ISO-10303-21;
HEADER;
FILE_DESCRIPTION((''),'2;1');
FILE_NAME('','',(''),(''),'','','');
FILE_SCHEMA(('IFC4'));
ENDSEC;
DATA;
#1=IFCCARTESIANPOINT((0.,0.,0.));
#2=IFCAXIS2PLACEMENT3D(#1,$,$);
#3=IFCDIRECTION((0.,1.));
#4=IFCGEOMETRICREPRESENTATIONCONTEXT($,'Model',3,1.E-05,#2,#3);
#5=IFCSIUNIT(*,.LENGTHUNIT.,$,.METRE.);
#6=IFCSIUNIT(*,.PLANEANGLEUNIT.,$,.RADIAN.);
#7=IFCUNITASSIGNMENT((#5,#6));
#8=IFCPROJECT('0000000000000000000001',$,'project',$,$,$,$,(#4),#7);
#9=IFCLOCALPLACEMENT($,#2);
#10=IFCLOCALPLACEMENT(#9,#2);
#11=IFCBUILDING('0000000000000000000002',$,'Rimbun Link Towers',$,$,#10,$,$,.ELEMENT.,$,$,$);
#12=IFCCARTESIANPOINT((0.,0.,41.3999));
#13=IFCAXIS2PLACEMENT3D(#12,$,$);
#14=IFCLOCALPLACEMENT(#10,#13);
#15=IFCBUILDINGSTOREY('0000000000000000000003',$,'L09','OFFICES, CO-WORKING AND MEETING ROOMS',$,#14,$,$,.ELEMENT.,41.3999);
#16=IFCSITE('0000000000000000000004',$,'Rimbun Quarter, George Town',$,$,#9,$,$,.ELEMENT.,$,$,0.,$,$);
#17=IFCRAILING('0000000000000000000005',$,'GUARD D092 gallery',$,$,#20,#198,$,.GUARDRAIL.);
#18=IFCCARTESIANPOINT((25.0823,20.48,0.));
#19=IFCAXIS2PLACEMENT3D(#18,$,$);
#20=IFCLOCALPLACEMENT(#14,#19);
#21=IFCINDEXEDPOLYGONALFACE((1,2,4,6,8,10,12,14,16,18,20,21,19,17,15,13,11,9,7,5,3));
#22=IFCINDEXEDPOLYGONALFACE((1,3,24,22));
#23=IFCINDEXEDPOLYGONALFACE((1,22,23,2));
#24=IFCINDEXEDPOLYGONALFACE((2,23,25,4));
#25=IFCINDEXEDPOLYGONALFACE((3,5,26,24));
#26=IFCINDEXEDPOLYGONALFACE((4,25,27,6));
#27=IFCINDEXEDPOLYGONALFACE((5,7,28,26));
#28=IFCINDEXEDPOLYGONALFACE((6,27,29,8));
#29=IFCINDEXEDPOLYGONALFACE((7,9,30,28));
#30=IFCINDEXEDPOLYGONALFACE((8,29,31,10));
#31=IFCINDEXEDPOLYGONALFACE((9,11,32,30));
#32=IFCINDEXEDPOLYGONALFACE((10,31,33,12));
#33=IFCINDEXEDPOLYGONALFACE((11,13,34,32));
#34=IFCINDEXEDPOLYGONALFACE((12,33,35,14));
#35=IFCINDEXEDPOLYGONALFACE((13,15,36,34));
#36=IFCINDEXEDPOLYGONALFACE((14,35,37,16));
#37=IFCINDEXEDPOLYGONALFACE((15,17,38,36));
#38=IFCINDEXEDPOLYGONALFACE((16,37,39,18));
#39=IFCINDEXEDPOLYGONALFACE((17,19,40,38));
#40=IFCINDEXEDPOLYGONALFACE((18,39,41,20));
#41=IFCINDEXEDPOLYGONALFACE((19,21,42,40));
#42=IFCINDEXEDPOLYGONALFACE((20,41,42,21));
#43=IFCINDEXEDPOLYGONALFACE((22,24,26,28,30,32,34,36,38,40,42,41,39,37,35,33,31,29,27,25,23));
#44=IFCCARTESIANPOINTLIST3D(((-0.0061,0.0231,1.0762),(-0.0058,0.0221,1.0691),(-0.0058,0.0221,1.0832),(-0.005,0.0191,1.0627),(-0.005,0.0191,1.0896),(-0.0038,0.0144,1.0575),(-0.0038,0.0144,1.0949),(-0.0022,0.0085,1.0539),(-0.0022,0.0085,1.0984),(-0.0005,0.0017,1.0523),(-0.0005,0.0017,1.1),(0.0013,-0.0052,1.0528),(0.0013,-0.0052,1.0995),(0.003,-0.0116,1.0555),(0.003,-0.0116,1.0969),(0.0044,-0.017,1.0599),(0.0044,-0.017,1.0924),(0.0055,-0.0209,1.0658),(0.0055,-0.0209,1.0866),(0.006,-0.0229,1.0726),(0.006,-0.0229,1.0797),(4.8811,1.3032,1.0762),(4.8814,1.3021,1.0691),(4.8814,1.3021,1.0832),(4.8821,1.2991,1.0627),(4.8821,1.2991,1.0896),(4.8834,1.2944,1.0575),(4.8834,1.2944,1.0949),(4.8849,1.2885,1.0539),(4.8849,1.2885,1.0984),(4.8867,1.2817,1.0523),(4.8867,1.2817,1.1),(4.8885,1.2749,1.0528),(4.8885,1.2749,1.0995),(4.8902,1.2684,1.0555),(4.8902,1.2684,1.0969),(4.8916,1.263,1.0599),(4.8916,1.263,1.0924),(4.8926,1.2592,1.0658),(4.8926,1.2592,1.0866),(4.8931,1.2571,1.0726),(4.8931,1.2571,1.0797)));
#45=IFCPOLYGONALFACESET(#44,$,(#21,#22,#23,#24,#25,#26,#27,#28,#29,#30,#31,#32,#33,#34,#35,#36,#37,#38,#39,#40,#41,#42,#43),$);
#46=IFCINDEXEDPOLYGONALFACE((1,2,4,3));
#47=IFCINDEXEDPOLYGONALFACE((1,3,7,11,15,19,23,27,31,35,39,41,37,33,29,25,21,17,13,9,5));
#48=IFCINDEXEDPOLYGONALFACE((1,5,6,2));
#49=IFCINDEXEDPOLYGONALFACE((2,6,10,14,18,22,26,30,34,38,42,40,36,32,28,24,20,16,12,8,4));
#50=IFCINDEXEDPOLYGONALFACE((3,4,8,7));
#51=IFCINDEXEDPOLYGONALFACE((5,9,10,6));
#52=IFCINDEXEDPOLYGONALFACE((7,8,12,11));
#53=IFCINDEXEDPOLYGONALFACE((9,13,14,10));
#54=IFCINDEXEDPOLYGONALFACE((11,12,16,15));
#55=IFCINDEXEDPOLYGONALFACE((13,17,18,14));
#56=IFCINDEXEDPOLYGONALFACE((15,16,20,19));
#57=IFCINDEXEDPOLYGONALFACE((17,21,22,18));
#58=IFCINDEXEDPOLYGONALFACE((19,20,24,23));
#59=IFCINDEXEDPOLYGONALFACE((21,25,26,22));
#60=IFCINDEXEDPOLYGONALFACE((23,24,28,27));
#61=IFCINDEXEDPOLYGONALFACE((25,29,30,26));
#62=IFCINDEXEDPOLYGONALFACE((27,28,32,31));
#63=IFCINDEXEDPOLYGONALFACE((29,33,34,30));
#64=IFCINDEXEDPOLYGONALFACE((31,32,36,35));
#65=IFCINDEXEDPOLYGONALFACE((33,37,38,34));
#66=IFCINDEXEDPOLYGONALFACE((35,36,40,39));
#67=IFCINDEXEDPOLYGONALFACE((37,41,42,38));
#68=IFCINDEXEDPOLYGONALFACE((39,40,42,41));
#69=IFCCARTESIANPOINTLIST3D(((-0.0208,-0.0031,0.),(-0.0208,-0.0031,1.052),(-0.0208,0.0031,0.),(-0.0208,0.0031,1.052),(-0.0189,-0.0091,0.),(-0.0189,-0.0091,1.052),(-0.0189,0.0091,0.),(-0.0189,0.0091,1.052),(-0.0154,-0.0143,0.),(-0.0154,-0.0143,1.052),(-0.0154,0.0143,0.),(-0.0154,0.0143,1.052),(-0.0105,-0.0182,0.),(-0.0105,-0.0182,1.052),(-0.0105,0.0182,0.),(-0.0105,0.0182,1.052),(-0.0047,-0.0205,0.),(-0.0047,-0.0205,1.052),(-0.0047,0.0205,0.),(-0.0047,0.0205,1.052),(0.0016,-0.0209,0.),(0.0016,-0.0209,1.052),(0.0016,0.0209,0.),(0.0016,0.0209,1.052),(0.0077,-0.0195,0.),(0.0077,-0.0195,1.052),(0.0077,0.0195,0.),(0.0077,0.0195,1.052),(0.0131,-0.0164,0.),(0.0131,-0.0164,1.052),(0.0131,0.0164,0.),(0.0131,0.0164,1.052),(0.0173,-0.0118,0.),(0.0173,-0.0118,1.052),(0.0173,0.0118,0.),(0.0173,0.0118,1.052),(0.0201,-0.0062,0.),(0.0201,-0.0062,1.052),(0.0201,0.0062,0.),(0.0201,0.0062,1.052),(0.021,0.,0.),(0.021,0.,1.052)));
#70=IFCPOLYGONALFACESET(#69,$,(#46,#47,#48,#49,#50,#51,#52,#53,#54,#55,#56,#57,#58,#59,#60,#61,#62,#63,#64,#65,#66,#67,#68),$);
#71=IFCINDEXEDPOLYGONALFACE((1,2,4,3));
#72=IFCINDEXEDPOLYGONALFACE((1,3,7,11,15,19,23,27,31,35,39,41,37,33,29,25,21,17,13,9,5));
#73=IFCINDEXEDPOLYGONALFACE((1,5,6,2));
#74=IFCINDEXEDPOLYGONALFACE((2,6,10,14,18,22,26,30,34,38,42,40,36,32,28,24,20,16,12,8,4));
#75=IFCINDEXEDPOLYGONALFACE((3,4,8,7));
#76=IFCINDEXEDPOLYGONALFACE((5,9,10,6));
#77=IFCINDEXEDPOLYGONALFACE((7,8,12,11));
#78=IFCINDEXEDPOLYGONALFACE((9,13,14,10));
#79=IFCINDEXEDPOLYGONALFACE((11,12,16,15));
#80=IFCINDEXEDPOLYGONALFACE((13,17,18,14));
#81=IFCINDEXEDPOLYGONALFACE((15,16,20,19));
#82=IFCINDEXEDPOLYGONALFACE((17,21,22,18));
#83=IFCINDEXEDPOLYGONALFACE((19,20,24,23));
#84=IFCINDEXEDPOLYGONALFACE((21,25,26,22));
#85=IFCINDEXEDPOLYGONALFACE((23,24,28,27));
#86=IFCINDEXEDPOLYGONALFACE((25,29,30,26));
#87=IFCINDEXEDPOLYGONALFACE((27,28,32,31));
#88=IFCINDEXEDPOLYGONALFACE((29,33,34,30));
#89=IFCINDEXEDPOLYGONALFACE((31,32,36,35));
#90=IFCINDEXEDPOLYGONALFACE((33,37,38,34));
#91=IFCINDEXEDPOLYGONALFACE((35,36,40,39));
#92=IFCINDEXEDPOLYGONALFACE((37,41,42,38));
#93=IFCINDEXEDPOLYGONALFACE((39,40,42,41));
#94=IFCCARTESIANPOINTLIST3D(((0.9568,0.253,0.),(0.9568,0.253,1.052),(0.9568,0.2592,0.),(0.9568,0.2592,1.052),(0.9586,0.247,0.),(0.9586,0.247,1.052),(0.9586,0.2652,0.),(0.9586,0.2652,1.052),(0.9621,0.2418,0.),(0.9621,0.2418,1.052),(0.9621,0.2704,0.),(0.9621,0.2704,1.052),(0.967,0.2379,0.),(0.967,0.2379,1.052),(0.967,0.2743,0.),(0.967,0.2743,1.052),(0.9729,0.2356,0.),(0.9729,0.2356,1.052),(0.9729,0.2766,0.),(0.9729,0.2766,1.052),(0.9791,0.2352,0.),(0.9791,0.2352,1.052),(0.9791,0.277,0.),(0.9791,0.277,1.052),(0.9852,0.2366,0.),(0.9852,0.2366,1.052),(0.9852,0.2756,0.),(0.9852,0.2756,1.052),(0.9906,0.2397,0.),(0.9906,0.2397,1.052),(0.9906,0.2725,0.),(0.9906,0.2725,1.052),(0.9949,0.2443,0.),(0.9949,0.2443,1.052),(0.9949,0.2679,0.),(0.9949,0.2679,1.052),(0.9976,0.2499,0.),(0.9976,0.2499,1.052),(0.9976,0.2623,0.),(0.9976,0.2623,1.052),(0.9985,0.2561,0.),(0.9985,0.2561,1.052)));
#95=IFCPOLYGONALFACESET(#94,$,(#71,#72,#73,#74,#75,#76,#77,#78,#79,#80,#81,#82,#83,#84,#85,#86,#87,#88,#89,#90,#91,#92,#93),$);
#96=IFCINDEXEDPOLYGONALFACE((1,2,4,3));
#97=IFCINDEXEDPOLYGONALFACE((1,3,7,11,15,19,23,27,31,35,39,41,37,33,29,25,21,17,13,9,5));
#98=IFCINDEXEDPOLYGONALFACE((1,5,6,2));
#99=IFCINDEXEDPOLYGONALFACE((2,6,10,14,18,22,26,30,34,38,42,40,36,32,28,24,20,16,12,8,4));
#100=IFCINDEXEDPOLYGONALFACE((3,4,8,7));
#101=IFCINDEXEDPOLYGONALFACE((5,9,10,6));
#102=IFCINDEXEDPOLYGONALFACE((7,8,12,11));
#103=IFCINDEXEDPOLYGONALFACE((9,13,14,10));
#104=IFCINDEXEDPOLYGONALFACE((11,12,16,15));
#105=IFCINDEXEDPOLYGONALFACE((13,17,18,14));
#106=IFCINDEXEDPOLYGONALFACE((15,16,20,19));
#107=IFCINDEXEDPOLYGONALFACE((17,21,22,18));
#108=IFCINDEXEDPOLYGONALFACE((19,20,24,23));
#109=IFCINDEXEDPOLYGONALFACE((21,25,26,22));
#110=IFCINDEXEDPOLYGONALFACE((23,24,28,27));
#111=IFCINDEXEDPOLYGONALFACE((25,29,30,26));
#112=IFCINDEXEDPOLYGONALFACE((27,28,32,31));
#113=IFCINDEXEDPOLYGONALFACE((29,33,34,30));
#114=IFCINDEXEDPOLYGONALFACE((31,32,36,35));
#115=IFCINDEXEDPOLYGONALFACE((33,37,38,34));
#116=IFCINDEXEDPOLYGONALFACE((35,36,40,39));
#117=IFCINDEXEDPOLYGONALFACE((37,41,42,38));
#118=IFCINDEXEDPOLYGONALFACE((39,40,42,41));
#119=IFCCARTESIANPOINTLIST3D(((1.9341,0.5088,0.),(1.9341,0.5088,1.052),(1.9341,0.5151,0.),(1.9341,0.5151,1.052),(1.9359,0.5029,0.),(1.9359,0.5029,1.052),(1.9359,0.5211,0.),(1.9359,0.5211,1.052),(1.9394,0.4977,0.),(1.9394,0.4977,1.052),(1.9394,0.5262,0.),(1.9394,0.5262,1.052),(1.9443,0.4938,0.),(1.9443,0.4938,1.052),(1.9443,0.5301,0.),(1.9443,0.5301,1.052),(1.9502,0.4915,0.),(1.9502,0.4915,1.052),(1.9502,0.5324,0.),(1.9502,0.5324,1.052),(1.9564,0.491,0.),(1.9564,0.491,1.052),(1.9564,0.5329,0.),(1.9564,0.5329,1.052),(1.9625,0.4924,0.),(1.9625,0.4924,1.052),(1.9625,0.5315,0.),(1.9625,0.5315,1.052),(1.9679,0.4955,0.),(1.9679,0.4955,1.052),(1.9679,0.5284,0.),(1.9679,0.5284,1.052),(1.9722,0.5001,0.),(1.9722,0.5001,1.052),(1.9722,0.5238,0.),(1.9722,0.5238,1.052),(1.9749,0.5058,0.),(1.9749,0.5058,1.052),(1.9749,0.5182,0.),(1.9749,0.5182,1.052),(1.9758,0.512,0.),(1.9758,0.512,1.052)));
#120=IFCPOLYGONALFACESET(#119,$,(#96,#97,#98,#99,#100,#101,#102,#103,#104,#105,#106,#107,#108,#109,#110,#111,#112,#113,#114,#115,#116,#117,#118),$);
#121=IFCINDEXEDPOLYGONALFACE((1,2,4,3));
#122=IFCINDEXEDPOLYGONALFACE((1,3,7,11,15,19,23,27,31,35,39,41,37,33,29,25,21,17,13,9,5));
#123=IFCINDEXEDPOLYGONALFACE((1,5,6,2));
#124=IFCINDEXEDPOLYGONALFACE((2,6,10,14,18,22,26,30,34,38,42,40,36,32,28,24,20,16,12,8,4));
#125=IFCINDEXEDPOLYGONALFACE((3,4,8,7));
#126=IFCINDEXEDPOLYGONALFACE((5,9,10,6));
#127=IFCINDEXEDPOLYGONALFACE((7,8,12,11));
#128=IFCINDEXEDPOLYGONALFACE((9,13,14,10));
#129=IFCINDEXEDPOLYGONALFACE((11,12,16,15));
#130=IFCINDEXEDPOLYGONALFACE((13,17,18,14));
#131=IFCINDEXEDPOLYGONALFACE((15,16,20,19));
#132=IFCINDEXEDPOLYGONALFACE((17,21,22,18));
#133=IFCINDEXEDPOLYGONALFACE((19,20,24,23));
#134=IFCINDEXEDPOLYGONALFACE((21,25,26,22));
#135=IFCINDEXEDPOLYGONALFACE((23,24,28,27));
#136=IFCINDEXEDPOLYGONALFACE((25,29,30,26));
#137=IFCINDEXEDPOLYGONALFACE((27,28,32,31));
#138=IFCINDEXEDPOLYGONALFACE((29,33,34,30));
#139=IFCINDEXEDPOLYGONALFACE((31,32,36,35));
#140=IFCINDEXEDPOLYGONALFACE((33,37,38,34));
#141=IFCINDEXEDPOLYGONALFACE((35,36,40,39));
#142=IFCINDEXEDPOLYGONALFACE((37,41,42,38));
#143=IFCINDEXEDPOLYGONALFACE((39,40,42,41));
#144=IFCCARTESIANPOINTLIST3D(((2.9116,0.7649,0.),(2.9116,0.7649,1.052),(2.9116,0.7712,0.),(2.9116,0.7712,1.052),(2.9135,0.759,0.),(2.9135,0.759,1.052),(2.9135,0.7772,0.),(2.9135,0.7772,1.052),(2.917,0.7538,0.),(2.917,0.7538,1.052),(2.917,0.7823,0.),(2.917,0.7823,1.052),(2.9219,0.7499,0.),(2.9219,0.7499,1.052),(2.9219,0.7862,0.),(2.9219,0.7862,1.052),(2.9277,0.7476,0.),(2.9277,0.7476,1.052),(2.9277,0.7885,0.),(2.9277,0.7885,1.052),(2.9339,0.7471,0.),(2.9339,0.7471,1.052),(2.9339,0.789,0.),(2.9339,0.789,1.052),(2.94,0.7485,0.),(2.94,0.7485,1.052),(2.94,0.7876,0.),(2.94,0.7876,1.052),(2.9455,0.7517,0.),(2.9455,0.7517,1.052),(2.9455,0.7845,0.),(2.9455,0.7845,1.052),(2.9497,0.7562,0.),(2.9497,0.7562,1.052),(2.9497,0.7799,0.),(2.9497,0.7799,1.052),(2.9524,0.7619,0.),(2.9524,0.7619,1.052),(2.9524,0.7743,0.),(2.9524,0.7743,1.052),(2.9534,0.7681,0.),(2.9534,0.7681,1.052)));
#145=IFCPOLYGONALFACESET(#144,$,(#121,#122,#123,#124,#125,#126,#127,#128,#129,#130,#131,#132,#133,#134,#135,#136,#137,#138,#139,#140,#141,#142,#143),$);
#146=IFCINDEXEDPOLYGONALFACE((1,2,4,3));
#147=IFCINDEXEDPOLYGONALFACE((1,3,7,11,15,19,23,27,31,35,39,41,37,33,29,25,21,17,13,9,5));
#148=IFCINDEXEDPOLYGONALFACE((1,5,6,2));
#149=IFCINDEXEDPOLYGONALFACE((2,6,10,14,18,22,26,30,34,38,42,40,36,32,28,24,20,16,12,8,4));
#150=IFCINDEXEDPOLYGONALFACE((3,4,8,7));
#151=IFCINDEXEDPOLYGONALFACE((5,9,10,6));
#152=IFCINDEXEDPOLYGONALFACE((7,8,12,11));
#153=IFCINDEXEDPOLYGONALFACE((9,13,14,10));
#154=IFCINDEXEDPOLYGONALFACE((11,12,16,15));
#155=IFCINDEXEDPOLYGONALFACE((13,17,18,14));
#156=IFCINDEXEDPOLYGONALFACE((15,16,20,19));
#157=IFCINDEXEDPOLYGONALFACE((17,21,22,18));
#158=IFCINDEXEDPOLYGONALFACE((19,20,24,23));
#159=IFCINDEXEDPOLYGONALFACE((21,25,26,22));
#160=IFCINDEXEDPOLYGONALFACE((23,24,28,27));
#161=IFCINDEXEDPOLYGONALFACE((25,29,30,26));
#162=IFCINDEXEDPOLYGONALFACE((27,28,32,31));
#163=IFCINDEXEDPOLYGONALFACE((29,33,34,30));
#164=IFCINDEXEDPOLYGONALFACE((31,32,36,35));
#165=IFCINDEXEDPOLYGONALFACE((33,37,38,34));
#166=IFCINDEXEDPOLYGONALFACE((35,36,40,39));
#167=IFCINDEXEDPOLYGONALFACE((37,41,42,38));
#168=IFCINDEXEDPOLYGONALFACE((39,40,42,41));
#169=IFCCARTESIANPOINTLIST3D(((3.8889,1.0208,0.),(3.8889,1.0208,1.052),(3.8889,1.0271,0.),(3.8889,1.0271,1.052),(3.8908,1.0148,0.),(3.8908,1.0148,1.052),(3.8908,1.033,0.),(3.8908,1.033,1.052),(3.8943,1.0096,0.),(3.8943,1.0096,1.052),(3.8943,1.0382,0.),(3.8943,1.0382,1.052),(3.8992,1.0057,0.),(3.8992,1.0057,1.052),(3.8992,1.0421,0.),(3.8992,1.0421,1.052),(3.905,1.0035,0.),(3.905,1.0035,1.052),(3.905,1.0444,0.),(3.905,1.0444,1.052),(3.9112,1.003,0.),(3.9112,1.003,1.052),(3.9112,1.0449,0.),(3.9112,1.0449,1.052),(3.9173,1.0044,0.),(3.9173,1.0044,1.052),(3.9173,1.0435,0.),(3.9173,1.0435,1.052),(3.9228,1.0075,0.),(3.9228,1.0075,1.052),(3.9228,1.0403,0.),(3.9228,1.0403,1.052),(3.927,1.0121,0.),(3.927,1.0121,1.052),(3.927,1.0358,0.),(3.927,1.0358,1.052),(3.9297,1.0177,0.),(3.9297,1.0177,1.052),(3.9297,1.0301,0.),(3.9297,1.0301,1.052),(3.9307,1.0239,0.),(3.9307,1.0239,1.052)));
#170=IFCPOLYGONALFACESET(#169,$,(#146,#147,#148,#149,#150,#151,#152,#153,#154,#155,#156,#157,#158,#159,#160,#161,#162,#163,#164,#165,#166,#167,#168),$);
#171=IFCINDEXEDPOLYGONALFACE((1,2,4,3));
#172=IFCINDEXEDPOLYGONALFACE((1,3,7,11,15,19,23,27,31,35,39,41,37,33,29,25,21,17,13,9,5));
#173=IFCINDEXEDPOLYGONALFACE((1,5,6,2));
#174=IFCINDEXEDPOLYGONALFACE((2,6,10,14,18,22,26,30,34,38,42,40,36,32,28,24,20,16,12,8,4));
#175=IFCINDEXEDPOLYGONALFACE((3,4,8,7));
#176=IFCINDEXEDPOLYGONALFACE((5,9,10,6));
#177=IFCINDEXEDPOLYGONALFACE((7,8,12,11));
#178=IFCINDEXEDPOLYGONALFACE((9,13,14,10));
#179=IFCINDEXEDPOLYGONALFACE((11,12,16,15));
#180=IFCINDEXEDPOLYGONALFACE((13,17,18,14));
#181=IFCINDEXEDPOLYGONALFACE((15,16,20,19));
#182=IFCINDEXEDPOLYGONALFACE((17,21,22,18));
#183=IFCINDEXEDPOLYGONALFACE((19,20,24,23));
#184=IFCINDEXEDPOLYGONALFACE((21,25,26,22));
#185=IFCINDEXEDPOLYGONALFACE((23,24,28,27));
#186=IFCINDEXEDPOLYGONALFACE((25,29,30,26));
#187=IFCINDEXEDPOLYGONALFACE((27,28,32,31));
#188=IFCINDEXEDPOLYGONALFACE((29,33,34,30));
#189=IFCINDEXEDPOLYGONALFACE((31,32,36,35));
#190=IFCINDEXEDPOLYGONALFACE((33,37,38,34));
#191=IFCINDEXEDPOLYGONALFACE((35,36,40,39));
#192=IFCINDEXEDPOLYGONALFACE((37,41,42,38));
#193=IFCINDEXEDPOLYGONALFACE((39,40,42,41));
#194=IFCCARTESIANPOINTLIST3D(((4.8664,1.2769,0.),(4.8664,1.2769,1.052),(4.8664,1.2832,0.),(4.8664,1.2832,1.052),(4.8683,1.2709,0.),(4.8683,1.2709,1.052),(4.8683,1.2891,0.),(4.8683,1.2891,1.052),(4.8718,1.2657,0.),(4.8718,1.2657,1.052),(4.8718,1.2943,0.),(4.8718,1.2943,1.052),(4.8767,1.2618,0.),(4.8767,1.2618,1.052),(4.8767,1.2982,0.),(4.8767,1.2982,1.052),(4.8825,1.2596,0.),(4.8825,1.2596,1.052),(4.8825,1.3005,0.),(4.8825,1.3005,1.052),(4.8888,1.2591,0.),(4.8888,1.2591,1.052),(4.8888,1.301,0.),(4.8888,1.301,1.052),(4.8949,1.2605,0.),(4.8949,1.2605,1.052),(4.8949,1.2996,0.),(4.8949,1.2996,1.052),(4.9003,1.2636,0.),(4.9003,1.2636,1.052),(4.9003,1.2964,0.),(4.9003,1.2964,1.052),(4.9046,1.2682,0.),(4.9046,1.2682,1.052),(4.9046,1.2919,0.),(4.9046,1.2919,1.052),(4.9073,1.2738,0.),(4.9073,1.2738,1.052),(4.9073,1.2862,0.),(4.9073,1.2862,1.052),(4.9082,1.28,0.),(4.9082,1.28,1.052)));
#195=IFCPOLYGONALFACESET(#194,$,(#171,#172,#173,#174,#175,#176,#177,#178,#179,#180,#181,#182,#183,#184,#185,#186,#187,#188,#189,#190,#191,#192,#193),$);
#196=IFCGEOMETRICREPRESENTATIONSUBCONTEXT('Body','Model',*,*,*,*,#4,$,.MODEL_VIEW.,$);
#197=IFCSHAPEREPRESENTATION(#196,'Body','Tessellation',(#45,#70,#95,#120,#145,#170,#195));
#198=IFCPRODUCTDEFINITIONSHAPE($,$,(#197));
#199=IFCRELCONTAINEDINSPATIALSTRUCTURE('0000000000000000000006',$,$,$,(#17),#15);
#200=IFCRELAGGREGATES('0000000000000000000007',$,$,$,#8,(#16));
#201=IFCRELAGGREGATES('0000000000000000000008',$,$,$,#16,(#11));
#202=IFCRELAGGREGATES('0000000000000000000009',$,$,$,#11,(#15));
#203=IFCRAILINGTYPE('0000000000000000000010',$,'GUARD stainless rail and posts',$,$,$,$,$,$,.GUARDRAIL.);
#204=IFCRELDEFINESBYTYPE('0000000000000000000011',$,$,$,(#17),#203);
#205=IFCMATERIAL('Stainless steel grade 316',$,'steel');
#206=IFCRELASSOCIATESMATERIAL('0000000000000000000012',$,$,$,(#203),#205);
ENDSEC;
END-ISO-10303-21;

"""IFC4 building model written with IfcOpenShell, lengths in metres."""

from ifc_helpers import new_model, si_unit, direction, frame, origin, origin_2d, place, context, subcontext, project, spatial, circle, extrude, material, type_object, element, save


model = new_model("IFC4")

# Units and contexts
model_context = context("Model", 3, precision=1e-05, world=origin(), true_north=direction((0.0, 1.0)))
body_context = subcontext(model_context, "Body", "Model", "MODEL_VIEW")
ifc_project = project(units=[si_unit("LENGTHUNIT", "METRE"), si_unit("PLANEANGLEUNIT", "RADIAN")], contexts=[model_context])

# Site, building, storey
site_placement = place(None, origin())
site = spatial("IfcSite", under=ifc_project, at=site_placement, Name="Rimbun Quarter, George Town", CompositionType="ELEMENT", RefElevation=0.0)
building_placement = place(site_placement, origin())
building = spatial("IfcBuilding", under=site, at=building_placement, Name="Rimbun Link Towers", CompositionType="ELEMENT")
storey_placement = place(building_placement, frame((0.0, 0.0, 41.3999)))
storey = spatial("IfcBuildingStorey", under=building, at=storey_placement, Name="L09", Description="OFFICES, CO-WORKING AND MEETING ROOMS", CompositionType="ELEMENT", Elevation=41.3999)

# Railing
ifc_material_1 = material(Name="Stainless steel grade 316", Category="steel")
railing_type = type_object("IfcRailingType", Name="GUARD stainless rail and posts", PredefinedType="GUARDRAIL", material=ifc_material_1)
railing_1_placement = place(storey_placement, frame((25.0823, 20.48, 0.0)))
element("IfcRailing", 1, at=railing_1_placement, inside=storey, type_object=railing_type, Name="GUARD D092 gallery", PredefinedType="GUARDRAIL", context=body_context, shape_type="SweptSolid", body=[
    extrude(circle(Radius=0.0239, at=origin_2d()), frame((0.0, 0.0, 1.0762), z_axis=(0.96737, 0.253368, 0.0), x_axis=(-0.253368, 0.96737, 0.0)), (0.0, 0.0, 1.0), 5.052),
    extrude(circle(Radius=0.021, at=origin_2d()), origin(), (0.0, 0.0, 1.0), 1.052),
    extrude(circle(Radius=0.021, at=origin_2d()), frame((0.9775, 0.2561, 0.0)), (0.0, 0.0, 1.0), 1.052),
    extrude(circle(Radius=0.021, at=origin_2d()), frame((1.9548, 0.512, 0.0)), (0.0, 0.0, 1.0), 1.052),
    extrude(circle(Radius=0.021, at=origin_2d()), frame((2.9324, 0.7681, 0.0)), (0.0, 0.0, 1.0), 1.052),
    extrude(circle(Radius=0.021, at=origin_2d()), frame((3.9097, 1.0239, 0.0)), (0.0, 0.0, 1.0), 1.052),
    extrude(circle(Radius=0.021, at=origin_2d()), frame((4.8872, 1.28, 0.0)), (0.0, 0.0, 1.0), 1.052),
])

save(model, "model.ifc")
